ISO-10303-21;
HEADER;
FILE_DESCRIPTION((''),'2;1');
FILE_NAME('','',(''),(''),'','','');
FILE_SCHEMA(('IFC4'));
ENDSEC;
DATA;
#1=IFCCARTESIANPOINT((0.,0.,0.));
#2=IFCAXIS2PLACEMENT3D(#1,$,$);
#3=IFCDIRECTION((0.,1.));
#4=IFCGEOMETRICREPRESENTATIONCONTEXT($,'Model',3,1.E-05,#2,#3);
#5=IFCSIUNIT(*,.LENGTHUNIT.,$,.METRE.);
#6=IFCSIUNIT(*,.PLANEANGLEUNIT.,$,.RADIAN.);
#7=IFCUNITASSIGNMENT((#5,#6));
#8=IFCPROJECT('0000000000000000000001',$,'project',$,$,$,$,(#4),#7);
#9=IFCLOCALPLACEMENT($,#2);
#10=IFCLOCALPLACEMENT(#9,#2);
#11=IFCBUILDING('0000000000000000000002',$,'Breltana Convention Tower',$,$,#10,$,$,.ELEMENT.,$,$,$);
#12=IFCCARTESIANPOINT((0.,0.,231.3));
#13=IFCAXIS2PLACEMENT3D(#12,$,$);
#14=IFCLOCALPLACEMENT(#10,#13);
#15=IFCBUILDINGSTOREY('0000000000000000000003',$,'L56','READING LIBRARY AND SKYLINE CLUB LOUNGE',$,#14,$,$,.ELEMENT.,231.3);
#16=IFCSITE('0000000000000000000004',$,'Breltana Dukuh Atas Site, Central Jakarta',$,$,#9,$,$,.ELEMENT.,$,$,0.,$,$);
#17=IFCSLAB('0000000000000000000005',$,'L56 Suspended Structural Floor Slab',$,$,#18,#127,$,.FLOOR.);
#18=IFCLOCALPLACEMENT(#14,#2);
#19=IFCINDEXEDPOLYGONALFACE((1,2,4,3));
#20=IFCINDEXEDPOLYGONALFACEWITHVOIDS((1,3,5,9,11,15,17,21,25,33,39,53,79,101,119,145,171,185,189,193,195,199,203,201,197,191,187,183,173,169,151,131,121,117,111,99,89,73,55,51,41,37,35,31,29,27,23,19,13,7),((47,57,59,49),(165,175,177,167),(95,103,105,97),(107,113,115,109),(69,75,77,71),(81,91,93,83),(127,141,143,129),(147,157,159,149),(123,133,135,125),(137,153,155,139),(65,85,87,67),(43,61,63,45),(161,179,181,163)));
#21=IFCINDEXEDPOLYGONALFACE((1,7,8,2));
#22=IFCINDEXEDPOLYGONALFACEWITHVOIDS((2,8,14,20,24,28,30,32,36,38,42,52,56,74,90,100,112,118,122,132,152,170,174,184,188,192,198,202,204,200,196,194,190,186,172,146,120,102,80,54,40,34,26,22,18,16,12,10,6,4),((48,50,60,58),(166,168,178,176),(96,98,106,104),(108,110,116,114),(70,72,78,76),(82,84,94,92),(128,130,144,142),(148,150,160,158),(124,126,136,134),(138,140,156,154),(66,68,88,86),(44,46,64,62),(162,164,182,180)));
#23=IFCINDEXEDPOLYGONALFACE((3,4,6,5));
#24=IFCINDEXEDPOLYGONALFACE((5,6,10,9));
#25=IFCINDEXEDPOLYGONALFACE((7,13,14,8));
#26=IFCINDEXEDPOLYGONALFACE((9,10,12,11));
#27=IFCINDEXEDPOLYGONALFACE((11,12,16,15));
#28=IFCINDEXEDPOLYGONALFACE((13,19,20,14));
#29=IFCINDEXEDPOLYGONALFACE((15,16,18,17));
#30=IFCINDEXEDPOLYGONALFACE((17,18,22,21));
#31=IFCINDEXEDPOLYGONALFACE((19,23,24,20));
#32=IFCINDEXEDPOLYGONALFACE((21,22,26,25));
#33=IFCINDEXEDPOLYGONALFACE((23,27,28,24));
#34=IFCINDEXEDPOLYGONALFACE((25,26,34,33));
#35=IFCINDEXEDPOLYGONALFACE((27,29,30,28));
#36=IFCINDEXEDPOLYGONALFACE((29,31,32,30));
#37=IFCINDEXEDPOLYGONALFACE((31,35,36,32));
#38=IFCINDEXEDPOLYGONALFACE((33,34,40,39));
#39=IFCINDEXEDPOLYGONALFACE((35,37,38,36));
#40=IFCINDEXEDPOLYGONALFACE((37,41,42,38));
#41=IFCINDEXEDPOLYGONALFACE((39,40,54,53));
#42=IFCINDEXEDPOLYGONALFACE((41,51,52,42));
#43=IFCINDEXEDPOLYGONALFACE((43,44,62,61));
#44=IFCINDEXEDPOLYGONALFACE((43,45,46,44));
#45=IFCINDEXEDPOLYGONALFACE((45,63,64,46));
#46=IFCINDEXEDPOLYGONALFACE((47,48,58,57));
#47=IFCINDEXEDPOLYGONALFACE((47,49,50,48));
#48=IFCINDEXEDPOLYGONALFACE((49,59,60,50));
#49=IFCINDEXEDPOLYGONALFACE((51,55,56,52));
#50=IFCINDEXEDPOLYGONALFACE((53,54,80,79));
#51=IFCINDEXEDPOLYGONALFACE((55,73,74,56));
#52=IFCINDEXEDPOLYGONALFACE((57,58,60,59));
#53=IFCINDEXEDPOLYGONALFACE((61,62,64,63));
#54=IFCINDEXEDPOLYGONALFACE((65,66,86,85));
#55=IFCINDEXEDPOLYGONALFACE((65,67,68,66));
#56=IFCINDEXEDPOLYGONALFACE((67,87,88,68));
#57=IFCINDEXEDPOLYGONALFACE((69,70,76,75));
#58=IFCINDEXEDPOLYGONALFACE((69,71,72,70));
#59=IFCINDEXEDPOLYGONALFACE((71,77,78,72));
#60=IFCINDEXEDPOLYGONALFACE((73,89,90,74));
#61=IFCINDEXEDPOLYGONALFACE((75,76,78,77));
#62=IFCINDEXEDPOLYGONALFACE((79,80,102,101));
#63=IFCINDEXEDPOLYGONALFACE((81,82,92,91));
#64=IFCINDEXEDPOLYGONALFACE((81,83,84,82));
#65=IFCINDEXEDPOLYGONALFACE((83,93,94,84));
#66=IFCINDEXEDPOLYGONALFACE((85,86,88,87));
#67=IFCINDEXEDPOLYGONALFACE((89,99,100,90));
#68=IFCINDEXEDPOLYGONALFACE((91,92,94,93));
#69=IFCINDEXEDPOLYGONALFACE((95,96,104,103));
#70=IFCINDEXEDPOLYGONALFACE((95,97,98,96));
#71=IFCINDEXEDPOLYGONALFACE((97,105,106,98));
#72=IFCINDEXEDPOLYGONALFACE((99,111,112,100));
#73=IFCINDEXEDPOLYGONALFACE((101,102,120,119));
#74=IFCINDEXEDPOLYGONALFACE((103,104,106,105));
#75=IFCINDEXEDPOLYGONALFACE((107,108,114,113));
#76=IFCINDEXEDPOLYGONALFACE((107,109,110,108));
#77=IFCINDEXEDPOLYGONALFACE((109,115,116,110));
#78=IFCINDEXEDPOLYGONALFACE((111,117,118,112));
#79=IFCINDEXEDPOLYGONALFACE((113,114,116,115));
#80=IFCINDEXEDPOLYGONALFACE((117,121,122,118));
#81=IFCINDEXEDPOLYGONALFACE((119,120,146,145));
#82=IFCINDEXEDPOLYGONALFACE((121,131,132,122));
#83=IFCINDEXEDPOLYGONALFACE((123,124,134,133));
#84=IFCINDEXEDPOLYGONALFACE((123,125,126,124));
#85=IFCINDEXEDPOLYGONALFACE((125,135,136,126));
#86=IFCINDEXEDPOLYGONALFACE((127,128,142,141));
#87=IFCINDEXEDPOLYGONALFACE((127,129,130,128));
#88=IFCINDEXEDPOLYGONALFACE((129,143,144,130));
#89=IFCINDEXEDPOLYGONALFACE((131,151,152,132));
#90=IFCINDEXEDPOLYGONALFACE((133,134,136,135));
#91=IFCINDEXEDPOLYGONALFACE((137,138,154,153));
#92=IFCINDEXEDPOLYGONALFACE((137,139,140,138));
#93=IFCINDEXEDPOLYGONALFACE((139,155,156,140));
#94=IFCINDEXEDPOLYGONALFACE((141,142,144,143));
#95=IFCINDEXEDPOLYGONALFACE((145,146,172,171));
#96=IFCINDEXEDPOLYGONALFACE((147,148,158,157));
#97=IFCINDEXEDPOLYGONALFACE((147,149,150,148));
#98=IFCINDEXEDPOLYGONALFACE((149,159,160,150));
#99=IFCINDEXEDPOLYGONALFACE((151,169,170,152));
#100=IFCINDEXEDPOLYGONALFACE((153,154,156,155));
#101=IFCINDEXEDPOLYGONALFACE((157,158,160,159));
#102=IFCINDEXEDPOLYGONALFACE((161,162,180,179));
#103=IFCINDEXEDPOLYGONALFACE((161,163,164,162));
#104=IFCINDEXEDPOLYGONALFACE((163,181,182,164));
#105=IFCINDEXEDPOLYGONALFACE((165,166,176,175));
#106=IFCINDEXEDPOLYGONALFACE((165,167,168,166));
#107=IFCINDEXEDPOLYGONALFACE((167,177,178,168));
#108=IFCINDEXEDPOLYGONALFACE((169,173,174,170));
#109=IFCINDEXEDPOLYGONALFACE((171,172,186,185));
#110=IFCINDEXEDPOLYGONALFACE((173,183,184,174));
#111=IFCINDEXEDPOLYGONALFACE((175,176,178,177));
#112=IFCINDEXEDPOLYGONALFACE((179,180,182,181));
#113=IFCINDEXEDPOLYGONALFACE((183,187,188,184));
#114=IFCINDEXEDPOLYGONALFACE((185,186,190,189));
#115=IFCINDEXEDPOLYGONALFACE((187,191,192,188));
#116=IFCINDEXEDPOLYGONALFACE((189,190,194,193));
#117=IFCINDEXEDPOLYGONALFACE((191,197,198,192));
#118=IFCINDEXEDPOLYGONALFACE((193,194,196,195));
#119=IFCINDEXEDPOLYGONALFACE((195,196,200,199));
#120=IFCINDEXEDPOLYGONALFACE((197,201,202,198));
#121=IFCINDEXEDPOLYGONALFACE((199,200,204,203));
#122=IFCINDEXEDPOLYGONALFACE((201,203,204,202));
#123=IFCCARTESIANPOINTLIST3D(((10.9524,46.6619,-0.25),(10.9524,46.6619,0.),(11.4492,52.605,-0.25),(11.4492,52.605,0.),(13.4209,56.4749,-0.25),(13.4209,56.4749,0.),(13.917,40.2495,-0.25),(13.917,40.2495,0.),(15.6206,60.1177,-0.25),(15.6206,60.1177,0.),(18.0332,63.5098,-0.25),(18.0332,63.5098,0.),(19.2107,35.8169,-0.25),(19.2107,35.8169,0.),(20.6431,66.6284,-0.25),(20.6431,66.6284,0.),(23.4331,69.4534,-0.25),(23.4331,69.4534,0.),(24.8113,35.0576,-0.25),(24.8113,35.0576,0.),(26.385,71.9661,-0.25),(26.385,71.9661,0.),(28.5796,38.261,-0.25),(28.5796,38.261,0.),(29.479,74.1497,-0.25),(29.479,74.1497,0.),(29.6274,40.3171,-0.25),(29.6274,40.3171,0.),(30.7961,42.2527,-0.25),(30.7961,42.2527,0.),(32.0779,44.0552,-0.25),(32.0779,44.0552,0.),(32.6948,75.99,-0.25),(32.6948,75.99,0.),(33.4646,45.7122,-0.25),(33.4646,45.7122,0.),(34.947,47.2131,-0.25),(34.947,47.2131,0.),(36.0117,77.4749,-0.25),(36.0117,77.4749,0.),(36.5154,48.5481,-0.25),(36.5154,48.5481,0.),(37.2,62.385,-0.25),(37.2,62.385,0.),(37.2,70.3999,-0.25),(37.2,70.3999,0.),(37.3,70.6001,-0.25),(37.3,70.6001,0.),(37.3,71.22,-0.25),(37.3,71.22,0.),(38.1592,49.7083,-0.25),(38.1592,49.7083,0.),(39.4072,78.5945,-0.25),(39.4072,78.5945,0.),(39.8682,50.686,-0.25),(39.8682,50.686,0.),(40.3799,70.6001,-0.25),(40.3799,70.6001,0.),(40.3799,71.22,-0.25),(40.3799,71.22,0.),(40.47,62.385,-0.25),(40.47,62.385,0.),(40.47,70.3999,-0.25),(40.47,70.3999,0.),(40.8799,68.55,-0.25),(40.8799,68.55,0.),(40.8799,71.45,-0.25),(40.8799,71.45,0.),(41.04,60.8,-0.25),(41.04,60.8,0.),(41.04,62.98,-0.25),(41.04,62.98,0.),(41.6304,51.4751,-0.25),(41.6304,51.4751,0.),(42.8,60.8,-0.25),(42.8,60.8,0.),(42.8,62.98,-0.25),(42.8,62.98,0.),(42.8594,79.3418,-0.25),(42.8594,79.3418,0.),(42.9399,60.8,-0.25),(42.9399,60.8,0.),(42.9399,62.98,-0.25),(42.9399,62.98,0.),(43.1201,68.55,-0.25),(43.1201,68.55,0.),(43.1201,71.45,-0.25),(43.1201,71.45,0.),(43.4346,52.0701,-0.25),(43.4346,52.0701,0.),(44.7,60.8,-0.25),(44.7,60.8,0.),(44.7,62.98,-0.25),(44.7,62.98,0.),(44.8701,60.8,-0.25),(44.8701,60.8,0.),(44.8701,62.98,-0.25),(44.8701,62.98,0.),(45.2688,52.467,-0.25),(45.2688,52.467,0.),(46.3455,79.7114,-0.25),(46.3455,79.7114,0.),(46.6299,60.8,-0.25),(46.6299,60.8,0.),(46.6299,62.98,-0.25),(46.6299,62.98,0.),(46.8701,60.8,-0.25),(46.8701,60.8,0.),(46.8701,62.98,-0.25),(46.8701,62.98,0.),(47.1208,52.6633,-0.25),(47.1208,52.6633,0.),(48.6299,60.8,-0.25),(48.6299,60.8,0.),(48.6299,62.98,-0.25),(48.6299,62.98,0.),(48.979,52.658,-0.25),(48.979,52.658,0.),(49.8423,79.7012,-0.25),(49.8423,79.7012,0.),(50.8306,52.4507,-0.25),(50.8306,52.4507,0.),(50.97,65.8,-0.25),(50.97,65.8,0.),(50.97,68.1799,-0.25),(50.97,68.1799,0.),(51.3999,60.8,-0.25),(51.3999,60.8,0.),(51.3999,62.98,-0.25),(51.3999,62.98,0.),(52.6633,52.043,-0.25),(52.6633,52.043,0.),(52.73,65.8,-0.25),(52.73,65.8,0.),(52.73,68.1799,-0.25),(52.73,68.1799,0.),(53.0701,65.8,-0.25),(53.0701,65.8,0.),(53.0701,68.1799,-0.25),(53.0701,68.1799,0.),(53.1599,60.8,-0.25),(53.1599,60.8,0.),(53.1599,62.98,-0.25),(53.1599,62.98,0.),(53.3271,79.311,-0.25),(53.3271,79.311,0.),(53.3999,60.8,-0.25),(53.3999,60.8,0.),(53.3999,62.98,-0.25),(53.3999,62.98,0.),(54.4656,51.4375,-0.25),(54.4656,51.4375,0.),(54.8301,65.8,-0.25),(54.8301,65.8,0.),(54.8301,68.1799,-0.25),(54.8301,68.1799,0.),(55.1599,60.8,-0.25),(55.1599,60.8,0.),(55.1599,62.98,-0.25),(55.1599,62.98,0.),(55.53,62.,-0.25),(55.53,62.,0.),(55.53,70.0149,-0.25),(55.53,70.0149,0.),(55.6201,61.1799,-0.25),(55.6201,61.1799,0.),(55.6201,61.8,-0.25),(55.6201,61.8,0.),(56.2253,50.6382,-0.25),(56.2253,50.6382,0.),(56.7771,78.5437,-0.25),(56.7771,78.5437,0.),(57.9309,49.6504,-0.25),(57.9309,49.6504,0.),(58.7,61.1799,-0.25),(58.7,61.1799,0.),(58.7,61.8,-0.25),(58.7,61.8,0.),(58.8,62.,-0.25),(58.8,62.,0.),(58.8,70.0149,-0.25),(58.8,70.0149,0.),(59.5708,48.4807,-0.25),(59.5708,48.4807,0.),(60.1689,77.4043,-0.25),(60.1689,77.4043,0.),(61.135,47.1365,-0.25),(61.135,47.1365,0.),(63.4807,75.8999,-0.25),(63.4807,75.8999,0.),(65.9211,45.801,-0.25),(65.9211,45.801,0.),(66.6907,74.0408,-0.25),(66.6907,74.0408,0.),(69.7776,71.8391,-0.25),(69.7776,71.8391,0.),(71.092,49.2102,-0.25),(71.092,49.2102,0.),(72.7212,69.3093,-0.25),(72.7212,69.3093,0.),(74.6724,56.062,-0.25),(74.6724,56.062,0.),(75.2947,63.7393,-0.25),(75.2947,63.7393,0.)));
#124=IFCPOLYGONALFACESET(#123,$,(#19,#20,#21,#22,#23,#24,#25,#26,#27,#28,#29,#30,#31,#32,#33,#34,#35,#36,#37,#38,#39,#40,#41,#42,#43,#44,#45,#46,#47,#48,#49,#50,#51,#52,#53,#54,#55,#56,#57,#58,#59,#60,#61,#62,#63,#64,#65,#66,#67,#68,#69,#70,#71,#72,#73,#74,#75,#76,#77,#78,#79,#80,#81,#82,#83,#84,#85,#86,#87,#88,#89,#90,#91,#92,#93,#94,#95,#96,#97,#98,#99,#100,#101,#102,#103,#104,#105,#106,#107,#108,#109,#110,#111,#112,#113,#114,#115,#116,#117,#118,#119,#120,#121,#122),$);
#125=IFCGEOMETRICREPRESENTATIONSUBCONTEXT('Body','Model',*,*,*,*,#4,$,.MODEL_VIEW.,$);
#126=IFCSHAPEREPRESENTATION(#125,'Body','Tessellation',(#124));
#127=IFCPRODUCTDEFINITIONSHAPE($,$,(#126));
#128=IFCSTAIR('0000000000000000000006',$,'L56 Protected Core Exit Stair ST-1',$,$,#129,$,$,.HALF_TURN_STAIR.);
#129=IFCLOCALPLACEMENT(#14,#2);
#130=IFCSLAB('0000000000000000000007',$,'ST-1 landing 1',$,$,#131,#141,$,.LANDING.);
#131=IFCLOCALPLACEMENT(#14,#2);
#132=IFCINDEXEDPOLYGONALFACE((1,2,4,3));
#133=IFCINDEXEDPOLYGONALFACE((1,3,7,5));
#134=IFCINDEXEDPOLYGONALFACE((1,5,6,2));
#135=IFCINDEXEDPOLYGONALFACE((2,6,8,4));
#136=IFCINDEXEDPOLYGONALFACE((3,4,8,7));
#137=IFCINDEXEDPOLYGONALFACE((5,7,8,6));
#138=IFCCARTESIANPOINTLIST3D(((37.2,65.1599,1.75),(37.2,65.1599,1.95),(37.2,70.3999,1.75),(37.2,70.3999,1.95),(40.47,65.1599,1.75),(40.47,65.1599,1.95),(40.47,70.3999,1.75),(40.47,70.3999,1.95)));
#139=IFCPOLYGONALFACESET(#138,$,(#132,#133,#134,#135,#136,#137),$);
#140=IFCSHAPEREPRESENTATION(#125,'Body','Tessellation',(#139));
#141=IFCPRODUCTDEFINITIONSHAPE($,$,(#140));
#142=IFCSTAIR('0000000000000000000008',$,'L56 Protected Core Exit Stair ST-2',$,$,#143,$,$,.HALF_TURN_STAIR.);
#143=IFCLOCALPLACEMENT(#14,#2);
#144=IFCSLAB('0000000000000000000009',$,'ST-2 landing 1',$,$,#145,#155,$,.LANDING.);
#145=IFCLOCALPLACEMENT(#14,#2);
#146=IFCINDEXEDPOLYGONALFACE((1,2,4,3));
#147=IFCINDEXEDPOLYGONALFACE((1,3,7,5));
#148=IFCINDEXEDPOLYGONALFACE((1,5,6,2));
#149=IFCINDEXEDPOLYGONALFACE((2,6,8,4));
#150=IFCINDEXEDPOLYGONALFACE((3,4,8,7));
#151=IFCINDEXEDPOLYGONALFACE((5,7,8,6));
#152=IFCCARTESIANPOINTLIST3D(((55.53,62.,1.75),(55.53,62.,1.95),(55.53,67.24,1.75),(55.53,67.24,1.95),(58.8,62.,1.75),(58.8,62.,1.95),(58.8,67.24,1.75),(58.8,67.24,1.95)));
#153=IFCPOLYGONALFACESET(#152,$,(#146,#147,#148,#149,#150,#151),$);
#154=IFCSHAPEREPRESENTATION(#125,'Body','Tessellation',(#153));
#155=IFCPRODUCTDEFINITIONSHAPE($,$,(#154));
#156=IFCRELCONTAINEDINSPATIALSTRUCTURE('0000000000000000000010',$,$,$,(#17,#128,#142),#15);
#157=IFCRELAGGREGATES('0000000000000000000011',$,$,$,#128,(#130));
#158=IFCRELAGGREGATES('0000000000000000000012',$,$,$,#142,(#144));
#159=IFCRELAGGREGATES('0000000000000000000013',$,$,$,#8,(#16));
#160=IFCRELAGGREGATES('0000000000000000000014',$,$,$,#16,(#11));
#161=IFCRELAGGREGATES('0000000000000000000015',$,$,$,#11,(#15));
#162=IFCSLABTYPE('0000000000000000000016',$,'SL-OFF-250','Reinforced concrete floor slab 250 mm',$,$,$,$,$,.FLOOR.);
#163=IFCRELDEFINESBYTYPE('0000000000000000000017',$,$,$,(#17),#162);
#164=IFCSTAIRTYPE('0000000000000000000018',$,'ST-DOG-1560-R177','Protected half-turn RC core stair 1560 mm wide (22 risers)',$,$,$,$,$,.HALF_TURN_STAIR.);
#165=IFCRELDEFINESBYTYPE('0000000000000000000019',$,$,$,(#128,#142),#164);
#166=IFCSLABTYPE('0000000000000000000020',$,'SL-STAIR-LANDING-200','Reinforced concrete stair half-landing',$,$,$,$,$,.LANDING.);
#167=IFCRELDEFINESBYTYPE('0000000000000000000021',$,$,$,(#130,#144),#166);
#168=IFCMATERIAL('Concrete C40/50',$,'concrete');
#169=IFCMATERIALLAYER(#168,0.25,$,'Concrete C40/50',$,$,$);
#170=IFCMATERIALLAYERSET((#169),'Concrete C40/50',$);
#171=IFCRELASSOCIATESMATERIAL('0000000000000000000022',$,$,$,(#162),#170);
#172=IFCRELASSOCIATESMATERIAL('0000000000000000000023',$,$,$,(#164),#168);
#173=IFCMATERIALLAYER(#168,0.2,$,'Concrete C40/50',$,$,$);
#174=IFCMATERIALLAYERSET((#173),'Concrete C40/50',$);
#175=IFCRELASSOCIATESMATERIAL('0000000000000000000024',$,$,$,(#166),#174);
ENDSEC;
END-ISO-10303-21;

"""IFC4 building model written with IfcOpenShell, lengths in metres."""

from ifc_helpers import new_model, si_unit, direction, frame, origin, place, context, subcontext, project, spatial, polyline, outline, extrude, material, layer, layer_set, type_object, element, aggregate, save


model = new_model("IFC4")

# Units and contexts
model_context = context("Model", 3, precision=1e-05, world=origin(), true_north=direction((0.0, 1.0)))
body_context = subcontext(model_context, "Body", "Model", "MODEL_VIEW")
ifc_project = project(units=[si_unit("LENGTHUNIT", "METRE"), si_unit("PLANEANGLEUNIT", "RADIAN")], contexts=[model_context])

# Site, building, storey
site_placement = place(None, origin())
site = spatial("IfcSite", under=ifc_project, at=site_placement, Name="Breltana Dukuh Atas Site, Central Jakarta", CompositionType="ELEMENT", RefElevation=0.0)
building_placement = place(site_placement, origin())
building = spatial("IfcBuilding", under=site, at=building_placement, Name="Breltana Convention Tower", CompositionType="ELEMENT")
storey_placement = place(building_placement, frame((0.0, 0.0, 231.3)))
storey = spatial("IfcBuildingStorey", under=building, at=storey_placement, Name="L56", Description="READING LIBRARY AND SKYLINE CLUB LOUNGE", CompositionType="ELEMENT", Elevation=231.3)

# Slab
ifc_material_1 = material(Name="Concrete C40/50", Category="concrete")
ifc_layer_1 = layer(ifc_material_1, 0.25, Name="Concrete C40/50")
ifc_layer_set_1 = layer_set([ifc_layer_1], Name="Concrete C40/50")
slab_type_1 = type_object("IfcSlabType", Name="SL-OFF-250", Description="Reinforced concrete floor slab 250 mm", PredefinedType="FLOOR", material=ifc_layer_set_1)
slab_1_placement = place(storey_placement, frame((0.0, 0.0, -0.25)))
element("IfcSlab", 1, at=slab_1_placement, inside=storey, type_object=slab_type_1, Name="L56 Suspended Structural Floor Slab", PredefinedType="FLOOR", context=body_context, shape_type="SweptSolid", body=[
    extrude(outline(polyline([(72.7212, 69.3093), (69.7776, 71.8391), (66.6907, 74.0408), (63.4807, 75.8999), (60.1689, 77.4043), (56.7771, 78.5437), (53.3271, 79.311), (49.8423, 79.7012), (46.3455, 79.7114), (42.8594, 79.3418), (39.4072, 78.5945), (36.0117, 77.4749), (32.6948, 75.99), (29.479, 74.1497), (26.385, 71.9661), (23.4331, 69.4534), (20.6431, 66.6284), (18.0332, 63.5098), (15.6206, 60.1177), (13.4209, 56.4749), (11.4492, 52.605), (10.9524, 46.6619), (13.917, 40.2495), (19.2107, 35.8169), (24.8113, 35.0576), (28.5796, 38.261), (29.6274, 40.3171), (30.7961, 42.2527), (32.0779, 44.0552), (33.4646, 45.7122), (34.947, 47.2131), (36.5154, 48.5481), (38.1592, 49.7083), (39.8682, 50.686), (41.6304, 51.4751), (43.4346, 52.0701), (45.2688, 52.467), (47.1208, 52.6633), (48.979, 52.658), (50.8306, 52.4507), (52.6633, 52.043), (54.4656, 51.4375), (56.2253, 50.6382), (57.9309, 49.6504), (59.5708, 48.4807), (61.135, 47.1365), (65.9211, 45.801), (71.092, 49.2102), (74.6724, 56.062), (75.2947, 63.7393), (72.7212, 69.3093)]), holes=[polyline([(37.2, 62.385), (40.47, 62.385), (40.47, 70.3999), (37.2, 70.3999), (37.2, 62.385)]), polyline([(55.53, 62.0), (58.8, 62.0), (58.8, 70.0149), (55.53, 70.0149), (55.53, 62.0)]), polyline([(41.04, 60.8), (42.8, 60.8), (42.8, 62.98), (41.04, 62.98), (41.04, 60.8)]), polyline([(42.9399, 60.8), (44.7, 60.8), (44.7, 62.98), (42.9399, 62.98), (42.9399, 60.8)]), polyline([(44.8701, 60.8), (46.6299, 60.8), (46.6299, 62.98), (44.8701, 62.98), (44.8701, 60.8)]), polyline([(46.8701, 60.8), (48.6299, 60.8), (48.6299, 62.98), (46.8701, 62.98), (46.8701, 60.8)]), polyline([(51.3999, 60.8), (53.1599, 60.8), (53.1599, 62.98), (51.3999, 62.98), (51.3999, 60.8)]), polyline([(53.3999, 60.8), (55.1599, 60.8), (55.1599, 62.98), (53.3999, 62.98), (53.3999, 60.8)]), polyline([(50.97, 65.8), (52.73, 65.8), (52.73, 68.1799), (50.97, 68.1799), (50.97, 65.8)]), polyline([(53.0701, 65.8), (54.8301, 65.8), (54.8301, 68.1799), (53.0701, 68.1799), (53.0701, 65.8)]), polyline([(40.8799, 68.55), (43.1201, 68.55), (43.1201, 71.45), (40.8799, 71.45), (40.8799, 68.55)]), polyline([(37.3, 70.6001), (40.3799, 70.6001), (40.3799, 71.22), (37.3, 71.22), (37.3, 70.6001)]), polyline([(55.6201, 61.1799), (58.7, 61.1799), (58.7, 61.8), (55.6201, 61.8), (55.6201, 61.1799)])]), origin(), (0.0, 0.0, 1.0), 0.25),
])

# Stairs, slabs
stair_type = type_object("IfcStairType", Name="ST-DOG-1560-R177", Description="Protected half-turn RC core stair 1560 mm wide (22 risers)", PredefinedType="HALF_TURN_STAIR", material=ifc_material_1)
stair_1_placement = place(storey_placement, origin())
stair_1 = element("IfcStair", 2, at=stair_1_placement, inside=storey, type_object=stair_type, Name="L56 Protected Core Exit Stair ST-1", PredefinedType="HALF_TURN_STAIR")
ifc_layer_2 = layer(ifc_material_1, 0.2, Name="Concrete C40/50")
ifc_layer_set_2 = layer_set([ifc_layer_2], Name="Concrete C40/50")
slab_type_2 = type_object("IfcSlabType", Name="SL-STAIR-LANDING-200", Description="Reinforced concrete stair half-landing", PredefinedType="LANDING", material=ifc_layer_set_2)
slab_2_placement = place(storey_placement, frame((0.0, 0.0, 1.75)))
slab_2 = element("IfcSlab", 3, at=slab_2_placement, type_object=slab_type_2, Name="ST-1 landing 1", PredefinedType="LANDING", context=body_context, shape_type="SweptSolid", body=[
    extrude(outline(polyline([(40.47, 65.1599), (40.47, 70.3999), (37.2, 70.3999), (37.2, 65.1599), (40.47, 65.1599)])), origin(), (0.0, 0.0, 1.0), 0.2),
])
aggregate(stair_1, [slab_2])
stair_2_placement = place(storey_placement, origin())
stair_2 = element("IfcStair", 4, at=stair_2_placement, inside=storey, type_object=stair_type, Name="L56 Protected Core Exit Stair ST-2", PredefinedType="HALF_TURN_STAIR")
slab_3_placement = place(storey_placement, frame((0.0, 0.0, 1.75)))
slab_3 = element("IfcSlab", 5, at=slab_3_placement, type_object=slab_type_2, Name="ST-2 landing 1", PredefinedType="LANDING", context=body_context, shape_type="SweptSolid", body=[
    extrude(outline(polyline([(55.53, 67.24), (55.53, 62.0), (58.8, 62.0), (58.8, 67.24), (55.53, 67.24)])), origin(), (0.0, 0.0, 1.0), 0.2),
])
aggregate(stair_2, [slab_3])

save(model, "model.ifc")
